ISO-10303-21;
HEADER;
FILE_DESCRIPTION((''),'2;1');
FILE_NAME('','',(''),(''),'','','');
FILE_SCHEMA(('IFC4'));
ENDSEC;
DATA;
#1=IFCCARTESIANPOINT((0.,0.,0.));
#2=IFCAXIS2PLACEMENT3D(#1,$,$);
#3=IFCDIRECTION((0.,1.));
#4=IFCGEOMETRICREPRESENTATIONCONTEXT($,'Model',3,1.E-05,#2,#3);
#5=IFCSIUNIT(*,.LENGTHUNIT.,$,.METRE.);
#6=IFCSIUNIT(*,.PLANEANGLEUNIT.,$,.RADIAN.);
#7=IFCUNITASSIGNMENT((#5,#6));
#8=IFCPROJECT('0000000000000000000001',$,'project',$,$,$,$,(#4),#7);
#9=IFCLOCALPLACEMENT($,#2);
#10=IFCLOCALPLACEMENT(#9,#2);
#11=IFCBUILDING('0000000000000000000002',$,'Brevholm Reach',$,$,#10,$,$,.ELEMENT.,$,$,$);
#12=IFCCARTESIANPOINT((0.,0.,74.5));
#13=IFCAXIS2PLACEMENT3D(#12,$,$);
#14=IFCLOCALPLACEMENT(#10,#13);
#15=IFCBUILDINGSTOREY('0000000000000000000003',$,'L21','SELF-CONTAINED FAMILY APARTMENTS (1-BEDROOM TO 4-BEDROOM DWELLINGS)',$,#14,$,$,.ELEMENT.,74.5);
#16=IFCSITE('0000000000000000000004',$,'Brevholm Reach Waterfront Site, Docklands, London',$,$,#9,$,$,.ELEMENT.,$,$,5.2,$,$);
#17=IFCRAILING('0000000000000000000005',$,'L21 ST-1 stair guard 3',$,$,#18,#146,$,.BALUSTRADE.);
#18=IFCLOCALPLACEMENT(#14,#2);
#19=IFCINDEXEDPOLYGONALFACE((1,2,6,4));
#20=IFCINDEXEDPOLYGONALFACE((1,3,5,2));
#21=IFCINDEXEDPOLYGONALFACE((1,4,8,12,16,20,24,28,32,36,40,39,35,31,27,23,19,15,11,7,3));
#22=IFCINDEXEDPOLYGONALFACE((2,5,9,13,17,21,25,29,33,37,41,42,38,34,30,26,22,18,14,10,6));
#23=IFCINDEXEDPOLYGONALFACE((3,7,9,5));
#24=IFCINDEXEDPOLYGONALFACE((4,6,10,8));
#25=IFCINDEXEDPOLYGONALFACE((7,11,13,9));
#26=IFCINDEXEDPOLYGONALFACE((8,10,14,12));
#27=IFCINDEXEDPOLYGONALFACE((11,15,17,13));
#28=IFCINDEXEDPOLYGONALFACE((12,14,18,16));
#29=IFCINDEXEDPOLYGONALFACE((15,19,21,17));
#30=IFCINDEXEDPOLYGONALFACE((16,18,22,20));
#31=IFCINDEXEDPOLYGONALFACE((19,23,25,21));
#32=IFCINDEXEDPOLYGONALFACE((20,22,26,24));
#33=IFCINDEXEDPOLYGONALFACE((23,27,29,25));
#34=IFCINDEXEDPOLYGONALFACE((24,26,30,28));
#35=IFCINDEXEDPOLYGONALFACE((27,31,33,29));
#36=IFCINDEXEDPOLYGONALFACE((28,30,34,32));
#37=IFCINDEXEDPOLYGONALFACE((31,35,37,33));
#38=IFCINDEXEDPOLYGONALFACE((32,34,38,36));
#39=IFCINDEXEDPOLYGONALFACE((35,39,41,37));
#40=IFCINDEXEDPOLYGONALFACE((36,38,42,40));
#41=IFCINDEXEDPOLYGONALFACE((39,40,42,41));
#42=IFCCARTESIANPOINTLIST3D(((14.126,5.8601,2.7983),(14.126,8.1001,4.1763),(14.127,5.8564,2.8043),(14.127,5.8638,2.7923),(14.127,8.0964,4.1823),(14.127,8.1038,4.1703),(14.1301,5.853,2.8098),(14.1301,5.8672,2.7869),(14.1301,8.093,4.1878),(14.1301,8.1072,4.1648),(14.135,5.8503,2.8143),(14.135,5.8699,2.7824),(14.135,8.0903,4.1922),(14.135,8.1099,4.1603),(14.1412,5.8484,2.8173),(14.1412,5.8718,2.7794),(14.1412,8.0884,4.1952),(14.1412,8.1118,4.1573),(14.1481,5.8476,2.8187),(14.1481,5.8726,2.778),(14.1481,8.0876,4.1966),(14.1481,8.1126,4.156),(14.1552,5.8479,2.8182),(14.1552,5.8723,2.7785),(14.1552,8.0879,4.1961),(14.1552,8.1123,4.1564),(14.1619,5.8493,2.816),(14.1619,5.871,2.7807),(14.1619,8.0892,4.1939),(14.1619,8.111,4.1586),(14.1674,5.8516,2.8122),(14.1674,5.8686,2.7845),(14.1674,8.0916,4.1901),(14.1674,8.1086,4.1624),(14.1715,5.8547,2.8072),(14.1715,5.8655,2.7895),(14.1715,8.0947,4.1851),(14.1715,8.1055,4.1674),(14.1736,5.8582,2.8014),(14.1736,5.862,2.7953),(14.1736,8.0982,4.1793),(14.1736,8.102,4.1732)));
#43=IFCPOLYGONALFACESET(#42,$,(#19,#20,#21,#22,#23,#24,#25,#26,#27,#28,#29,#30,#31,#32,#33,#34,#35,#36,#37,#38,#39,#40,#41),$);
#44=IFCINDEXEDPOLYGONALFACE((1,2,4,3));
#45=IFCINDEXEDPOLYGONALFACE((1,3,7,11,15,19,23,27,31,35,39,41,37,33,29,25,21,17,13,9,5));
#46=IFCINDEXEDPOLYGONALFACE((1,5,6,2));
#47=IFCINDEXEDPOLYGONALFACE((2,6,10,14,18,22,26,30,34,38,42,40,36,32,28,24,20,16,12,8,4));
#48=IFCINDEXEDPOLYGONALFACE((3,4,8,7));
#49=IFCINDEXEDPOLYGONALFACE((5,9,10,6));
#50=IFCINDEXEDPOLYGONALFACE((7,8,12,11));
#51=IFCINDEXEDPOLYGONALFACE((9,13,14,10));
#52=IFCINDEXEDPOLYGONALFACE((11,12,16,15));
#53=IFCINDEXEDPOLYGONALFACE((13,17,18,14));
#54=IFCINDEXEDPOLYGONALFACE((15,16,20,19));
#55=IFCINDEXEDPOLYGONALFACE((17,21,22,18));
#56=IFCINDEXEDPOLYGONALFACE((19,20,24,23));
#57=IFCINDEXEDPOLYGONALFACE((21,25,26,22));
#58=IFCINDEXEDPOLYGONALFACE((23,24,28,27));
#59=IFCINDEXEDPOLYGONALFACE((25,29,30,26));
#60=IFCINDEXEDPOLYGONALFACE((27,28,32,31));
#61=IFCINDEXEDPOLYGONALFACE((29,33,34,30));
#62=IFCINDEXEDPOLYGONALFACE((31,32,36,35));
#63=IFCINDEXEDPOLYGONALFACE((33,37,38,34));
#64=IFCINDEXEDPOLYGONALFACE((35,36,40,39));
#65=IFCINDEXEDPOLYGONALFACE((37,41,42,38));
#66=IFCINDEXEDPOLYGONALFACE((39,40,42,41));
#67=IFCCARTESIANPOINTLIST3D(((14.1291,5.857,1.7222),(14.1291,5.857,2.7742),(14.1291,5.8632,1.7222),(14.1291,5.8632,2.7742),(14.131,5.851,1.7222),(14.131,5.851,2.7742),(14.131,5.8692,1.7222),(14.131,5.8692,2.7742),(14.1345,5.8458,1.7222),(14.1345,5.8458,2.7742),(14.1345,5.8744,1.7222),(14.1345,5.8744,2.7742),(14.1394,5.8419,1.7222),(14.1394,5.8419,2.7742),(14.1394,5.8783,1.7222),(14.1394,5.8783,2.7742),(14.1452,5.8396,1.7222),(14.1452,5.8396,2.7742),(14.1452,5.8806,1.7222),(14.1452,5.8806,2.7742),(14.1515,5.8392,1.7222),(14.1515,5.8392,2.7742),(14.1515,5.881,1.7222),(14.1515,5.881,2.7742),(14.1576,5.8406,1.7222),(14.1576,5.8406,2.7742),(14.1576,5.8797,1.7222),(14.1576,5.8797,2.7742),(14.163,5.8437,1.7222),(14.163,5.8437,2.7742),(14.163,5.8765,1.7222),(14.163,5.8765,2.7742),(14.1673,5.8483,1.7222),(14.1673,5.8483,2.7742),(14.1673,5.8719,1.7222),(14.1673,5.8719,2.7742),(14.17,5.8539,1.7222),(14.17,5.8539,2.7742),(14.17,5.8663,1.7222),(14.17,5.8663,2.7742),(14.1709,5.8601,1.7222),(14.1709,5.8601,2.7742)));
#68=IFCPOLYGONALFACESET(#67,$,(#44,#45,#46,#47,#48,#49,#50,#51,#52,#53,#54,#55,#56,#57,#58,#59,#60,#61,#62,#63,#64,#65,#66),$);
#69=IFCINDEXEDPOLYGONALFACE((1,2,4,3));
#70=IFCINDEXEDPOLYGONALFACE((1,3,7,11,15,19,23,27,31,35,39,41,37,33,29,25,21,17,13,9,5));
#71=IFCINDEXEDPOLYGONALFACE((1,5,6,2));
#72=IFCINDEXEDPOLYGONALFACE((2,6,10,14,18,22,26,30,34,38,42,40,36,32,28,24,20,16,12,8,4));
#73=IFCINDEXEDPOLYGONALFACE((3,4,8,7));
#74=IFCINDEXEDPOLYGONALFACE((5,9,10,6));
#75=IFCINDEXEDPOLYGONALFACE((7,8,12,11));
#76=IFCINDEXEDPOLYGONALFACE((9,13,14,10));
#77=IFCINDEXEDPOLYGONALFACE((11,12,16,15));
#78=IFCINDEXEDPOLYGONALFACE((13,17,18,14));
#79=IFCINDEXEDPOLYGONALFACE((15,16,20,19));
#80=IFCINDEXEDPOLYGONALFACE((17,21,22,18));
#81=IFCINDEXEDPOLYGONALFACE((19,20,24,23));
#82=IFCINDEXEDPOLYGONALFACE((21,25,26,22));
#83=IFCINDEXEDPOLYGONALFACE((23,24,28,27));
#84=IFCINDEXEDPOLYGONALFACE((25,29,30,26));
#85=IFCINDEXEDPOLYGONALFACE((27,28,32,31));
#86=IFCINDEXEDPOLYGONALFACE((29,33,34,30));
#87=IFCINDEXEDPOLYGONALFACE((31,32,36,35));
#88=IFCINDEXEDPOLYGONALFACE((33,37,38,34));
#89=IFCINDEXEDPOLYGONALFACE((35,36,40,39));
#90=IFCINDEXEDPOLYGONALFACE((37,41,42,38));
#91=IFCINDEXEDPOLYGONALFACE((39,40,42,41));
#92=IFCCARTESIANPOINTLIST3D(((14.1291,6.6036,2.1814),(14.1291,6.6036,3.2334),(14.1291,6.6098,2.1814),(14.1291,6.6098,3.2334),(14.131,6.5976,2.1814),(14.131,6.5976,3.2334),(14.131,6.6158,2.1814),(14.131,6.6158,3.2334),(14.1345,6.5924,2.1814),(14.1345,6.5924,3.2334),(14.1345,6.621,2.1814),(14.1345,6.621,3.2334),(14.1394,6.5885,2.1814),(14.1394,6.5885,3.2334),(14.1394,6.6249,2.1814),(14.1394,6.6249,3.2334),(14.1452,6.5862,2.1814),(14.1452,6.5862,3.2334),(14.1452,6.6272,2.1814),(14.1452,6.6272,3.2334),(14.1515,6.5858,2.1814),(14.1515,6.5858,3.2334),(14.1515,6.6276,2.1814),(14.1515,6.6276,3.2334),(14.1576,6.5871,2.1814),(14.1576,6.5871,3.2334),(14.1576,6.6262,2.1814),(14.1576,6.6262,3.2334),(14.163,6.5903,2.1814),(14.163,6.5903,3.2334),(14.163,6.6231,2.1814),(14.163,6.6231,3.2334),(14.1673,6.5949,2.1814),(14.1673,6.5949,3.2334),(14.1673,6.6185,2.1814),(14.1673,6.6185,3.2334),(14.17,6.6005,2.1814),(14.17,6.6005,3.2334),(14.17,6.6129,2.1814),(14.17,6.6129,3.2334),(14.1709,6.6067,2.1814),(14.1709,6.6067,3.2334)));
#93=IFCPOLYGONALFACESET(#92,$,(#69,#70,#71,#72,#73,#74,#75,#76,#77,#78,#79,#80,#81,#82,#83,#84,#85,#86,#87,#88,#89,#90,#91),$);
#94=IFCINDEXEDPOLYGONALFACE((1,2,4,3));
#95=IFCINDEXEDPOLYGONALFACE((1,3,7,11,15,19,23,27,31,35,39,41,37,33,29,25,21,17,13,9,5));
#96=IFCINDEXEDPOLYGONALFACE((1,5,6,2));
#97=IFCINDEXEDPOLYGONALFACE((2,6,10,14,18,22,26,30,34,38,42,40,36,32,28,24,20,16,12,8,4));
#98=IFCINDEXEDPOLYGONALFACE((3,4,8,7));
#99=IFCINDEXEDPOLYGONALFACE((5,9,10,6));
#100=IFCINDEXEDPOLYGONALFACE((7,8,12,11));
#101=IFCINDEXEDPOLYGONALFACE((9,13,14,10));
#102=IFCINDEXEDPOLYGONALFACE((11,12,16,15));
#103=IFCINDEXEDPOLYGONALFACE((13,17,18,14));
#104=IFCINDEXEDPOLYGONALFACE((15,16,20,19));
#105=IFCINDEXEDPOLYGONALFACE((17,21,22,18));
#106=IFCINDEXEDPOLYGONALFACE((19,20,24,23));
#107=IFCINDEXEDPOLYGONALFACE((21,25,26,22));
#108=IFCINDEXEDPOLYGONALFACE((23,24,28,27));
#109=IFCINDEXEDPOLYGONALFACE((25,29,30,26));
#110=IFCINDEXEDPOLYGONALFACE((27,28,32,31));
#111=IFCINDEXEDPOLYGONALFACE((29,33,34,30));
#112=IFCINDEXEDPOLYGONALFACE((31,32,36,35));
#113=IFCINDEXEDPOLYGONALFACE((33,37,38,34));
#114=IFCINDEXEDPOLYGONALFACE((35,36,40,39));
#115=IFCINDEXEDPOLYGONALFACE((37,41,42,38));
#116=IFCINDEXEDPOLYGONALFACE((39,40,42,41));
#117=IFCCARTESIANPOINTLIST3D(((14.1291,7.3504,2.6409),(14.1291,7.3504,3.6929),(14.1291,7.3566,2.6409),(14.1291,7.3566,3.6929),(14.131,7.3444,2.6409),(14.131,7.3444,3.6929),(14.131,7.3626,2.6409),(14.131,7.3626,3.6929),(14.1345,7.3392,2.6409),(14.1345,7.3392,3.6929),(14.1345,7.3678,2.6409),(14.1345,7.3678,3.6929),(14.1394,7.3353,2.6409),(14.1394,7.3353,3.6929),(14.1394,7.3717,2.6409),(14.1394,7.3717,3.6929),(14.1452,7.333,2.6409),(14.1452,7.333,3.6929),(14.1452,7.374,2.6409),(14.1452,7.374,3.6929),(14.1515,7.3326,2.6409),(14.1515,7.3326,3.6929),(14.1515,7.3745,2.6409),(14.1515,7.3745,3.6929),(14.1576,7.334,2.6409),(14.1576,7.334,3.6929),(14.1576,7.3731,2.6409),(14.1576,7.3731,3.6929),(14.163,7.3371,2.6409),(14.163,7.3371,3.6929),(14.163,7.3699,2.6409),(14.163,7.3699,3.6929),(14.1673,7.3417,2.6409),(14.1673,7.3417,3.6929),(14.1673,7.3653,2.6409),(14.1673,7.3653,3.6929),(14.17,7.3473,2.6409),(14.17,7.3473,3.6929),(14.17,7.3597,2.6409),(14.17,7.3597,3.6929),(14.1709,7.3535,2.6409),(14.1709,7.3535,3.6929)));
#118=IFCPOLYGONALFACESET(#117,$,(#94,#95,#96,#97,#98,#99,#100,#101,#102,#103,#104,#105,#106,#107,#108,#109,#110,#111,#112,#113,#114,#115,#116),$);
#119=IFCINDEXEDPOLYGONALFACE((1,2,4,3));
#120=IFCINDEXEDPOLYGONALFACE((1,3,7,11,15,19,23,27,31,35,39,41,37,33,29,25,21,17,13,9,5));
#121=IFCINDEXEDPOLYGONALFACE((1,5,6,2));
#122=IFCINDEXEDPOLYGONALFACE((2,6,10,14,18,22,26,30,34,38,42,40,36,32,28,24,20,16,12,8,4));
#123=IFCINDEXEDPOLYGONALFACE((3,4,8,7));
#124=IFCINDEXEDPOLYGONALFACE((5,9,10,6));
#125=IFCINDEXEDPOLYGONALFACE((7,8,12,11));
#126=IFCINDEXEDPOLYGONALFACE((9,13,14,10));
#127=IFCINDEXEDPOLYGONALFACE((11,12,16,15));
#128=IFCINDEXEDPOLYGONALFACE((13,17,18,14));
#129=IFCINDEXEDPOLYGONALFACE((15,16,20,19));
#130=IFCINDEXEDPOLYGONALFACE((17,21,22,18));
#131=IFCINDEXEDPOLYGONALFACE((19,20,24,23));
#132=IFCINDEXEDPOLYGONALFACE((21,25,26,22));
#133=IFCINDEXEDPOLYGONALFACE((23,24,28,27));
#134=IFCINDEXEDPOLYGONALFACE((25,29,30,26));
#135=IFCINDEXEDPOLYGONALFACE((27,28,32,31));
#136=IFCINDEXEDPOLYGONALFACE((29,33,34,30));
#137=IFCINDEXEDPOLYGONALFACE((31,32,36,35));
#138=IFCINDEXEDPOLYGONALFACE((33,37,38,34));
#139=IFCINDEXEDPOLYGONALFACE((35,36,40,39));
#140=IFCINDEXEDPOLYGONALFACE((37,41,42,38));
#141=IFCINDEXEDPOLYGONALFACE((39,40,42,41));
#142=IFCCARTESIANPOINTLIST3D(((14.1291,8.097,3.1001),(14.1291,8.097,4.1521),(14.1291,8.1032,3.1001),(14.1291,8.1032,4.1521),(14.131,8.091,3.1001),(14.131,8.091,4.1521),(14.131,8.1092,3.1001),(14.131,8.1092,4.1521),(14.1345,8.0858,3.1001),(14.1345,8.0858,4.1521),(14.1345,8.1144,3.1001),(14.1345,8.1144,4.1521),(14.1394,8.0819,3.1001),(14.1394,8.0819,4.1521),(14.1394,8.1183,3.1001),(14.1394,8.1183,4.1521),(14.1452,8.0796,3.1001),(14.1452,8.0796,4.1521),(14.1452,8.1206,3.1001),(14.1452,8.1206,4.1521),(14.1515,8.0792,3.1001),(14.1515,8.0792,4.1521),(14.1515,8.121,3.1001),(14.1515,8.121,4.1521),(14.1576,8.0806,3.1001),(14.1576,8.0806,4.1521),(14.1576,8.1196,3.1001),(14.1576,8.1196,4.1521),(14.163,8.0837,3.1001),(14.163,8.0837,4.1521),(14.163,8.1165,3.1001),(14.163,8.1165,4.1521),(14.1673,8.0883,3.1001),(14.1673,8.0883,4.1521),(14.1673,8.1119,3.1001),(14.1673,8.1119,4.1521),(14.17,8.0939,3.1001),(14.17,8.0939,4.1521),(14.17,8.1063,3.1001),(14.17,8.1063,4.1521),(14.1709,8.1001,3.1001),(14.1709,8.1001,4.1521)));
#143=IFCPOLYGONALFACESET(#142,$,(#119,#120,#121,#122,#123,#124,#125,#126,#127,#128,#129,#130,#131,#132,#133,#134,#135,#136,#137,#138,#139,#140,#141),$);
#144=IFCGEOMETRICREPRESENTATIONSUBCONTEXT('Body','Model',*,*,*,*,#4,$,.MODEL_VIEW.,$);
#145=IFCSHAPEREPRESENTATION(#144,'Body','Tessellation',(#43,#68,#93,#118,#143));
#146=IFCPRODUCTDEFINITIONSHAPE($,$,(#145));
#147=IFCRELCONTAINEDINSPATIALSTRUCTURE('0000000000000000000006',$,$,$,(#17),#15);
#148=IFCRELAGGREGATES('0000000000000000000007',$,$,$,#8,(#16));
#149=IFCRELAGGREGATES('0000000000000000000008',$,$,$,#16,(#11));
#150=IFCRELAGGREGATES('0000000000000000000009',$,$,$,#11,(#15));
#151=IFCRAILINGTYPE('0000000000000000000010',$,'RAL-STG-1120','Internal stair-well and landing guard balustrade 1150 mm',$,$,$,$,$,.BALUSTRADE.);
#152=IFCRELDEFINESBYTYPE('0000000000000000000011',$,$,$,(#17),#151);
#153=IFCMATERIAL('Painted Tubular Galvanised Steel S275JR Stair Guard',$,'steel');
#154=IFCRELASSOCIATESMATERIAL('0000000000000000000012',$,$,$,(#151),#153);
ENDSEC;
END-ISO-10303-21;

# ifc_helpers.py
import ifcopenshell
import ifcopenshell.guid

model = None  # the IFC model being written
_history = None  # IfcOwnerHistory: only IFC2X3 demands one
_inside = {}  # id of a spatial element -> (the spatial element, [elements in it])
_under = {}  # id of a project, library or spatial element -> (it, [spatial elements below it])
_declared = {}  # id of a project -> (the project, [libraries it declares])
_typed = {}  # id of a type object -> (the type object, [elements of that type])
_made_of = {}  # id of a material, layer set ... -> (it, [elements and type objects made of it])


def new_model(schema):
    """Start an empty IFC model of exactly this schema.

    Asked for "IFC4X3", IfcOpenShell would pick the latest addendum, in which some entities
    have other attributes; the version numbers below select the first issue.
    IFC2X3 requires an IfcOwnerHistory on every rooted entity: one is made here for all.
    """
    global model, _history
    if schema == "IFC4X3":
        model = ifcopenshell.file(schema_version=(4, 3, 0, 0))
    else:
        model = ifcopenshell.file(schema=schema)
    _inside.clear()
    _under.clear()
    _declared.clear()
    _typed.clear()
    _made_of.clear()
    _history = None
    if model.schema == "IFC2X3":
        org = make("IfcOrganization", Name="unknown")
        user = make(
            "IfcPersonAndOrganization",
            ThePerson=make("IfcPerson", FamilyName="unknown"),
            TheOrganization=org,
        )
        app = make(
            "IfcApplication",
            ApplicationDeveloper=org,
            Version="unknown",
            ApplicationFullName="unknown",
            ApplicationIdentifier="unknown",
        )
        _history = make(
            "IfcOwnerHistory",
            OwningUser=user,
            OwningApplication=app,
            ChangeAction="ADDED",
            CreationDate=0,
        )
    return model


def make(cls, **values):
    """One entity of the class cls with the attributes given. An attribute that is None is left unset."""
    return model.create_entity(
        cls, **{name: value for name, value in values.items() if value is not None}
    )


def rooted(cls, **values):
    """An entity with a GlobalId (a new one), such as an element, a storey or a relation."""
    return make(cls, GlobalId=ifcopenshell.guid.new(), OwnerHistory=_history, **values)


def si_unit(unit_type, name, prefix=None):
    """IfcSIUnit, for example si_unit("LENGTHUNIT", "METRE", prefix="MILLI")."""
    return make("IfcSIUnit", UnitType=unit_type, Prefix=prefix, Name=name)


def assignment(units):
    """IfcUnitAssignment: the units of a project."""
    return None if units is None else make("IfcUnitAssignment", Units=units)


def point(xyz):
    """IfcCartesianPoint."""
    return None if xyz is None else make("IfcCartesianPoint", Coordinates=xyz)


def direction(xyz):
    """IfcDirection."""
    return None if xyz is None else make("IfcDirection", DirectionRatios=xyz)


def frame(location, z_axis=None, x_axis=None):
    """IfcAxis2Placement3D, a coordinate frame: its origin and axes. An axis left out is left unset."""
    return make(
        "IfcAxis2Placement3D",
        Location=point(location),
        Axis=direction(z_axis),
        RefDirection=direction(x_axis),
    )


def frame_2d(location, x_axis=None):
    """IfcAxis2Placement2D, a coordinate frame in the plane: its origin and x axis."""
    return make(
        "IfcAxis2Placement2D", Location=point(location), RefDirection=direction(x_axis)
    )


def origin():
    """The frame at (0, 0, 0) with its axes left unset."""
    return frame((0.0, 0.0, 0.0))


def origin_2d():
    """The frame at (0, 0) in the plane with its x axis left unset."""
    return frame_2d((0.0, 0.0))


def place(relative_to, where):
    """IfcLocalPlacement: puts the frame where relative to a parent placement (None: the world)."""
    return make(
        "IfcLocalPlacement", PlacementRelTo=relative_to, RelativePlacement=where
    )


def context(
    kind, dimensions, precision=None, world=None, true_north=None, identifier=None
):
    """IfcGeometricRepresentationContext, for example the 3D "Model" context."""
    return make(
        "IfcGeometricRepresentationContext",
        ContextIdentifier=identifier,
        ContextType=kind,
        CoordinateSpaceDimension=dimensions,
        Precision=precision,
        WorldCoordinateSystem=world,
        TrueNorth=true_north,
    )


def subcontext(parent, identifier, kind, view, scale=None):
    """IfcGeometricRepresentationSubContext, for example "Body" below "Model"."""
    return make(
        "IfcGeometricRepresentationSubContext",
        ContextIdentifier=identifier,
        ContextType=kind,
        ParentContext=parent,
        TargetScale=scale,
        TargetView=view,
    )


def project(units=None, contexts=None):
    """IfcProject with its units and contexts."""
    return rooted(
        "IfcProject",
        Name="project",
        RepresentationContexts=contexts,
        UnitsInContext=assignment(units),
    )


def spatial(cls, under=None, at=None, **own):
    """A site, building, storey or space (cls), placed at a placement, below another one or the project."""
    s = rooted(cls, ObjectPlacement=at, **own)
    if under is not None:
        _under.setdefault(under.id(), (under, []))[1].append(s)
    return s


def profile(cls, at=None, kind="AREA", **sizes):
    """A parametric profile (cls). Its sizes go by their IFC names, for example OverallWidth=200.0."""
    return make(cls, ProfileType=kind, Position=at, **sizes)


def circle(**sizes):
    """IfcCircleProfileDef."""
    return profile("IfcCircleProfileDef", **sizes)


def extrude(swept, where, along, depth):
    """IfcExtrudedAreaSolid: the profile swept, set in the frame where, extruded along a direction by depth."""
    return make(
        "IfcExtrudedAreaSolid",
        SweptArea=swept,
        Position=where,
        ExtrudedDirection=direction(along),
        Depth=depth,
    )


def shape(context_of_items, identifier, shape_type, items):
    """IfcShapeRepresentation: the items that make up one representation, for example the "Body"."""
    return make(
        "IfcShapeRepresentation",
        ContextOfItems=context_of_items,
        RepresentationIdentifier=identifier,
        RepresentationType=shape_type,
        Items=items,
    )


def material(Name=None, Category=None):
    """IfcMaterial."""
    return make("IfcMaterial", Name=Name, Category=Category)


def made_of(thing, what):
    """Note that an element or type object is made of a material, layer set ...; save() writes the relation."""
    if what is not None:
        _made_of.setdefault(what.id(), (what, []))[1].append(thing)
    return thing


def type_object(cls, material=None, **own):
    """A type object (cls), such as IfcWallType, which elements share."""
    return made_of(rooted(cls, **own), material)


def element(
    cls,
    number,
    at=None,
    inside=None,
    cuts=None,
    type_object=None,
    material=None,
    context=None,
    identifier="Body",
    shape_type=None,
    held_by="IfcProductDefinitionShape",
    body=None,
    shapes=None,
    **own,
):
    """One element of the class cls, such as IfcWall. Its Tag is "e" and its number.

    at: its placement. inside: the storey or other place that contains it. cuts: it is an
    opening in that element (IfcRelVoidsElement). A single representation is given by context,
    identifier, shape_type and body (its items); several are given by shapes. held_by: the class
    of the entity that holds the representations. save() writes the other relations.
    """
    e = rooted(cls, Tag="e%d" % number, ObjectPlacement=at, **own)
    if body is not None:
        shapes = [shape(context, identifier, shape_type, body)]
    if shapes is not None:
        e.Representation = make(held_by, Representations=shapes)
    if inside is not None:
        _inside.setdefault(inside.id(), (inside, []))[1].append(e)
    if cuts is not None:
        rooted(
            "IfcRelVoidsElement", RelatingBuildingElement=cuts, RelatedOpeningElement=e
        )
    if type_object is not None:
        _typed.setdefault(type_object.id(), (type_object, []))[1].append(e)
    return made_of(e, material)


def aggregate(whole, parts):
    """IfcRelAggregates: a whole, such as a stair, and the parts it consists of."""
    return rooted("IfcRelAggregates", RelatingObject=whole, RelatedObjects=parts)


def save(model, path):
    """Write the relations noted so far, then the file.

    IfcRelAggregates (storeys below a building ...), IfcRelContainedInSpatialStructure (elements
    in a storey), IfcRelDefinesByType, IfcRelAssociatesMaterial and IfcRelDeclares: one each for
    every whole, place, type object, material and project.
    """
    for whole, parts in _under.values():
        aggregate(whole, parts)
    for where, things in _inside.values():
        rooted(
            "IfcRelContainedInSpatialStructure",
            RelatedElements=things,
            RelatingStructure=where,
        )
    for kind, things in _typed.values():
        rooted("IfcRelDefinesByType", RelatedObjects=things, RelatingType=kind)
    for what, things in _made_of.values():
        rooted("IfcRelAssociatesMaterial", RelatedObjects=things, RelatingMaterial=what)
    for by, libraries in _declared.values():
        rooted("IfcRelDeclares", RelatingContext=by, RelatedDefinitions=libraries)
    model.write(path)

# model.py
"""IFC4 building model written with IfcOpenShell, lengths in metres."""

from ifc_helpers import new_model, si_unit, direction, frame, origin, origin_2d, place, context, subcontext, project, spatial, circle, extrude, material, type_object, element, save


model = new_model("IFC4")

# Units and contexts
model_context = context("Model", 3, precision=1e-05, world=origin(), true_north=direction((0.0, 1.0)))
body_context = subcontext(model_context, "Body", "Model", "MODEL_VIEW")
ifc_project = project(units=[si_unit("LENGTHUNIT", "METRE"), si_unit("PLANEANGLEUNIT", "RADIAN")], contexts=[model_context])

# Site, building, storey
site_placement = place(None, origin())
site = spatial("IfcSite", under=ifc_project, at=site_placement, Name="Brevholm Reach Waterfront Site, Docklands, London", CompositionType="ELEMENT", RefElevation=5.2)
building_placement = place(site_placement, origin())
building = spatial("IfcBuilding", under=site, at=building_placement, Name="Brevholm Reach", CompositionType="ELEMENT")
storey_placement = place(building_placement, frame((0.0, 0.0, 74.5)))
storey = spatial("IfcBuildingStorey", under=building, at=storey_placement, Name="L21", Description="SELF-CONTAINED FAMILY APARTMENTS (1-BEDROOM TO 4-BEDROOM DWELLINGS)", CompositionType="ELEMENT", Elevation=74.5)

# Railing
ifc_material_1 = material(Name="Painted Tubular Galvanised Steel S275JR Stair Guard", Category="steel")
railing_type_1 = type_object("IfcRailingType", Name="RAL-STG-1120", Description="Internal stair-well and landing guard balustrade 1150 mm", PredefinedType="BALUSTRADE", material=ifc_material_1)
railing_1_placement = place(storey_placement, frame((14.1499, 5.8601, 1.7222)))
element("IfcRailing", 1, at=railing_1_placement, inside=storey, type_object=railing_type_1, Name="L21 ST-1 stair guard 3", PredefinedType="BALUSTRADE", context=body_context, shape_type="SweptSolid", body=[
    extrude(circle(Radius=0.0239, at=origin_2d()), frame((0.0, 0.0, 1.0762), z_axis=(0.0, 0.851748, 0.523952), x_axis=(-1.0, 0.0, 0.0)), (0.0, 0.0, 1.0), 2.6299),
    extrude(circle(Radius=0.021, at=origin_2d()), origin(), (0.0, 0.0, 1.0), 1.052),
    extrude(circle(Radius=0.021, at=origin_2d()), frame((0.0, 0.7466, 0.4592)), (0.0, 0.0, 1.0), 1.052),
    extrude(circle(Radius=0.021, at=origin_2d()), frame((0.0, 1.4934, 0.9187)), (0.0, 0.0, 1.0), 1.052),
    extrude(circle(Radius=0.021, at=origin_2d()), frame((0.0, 2.24, 1.3779)), (0.0, 0.0, 1.0), 1.052),
])

save(model, "model.ifc")
